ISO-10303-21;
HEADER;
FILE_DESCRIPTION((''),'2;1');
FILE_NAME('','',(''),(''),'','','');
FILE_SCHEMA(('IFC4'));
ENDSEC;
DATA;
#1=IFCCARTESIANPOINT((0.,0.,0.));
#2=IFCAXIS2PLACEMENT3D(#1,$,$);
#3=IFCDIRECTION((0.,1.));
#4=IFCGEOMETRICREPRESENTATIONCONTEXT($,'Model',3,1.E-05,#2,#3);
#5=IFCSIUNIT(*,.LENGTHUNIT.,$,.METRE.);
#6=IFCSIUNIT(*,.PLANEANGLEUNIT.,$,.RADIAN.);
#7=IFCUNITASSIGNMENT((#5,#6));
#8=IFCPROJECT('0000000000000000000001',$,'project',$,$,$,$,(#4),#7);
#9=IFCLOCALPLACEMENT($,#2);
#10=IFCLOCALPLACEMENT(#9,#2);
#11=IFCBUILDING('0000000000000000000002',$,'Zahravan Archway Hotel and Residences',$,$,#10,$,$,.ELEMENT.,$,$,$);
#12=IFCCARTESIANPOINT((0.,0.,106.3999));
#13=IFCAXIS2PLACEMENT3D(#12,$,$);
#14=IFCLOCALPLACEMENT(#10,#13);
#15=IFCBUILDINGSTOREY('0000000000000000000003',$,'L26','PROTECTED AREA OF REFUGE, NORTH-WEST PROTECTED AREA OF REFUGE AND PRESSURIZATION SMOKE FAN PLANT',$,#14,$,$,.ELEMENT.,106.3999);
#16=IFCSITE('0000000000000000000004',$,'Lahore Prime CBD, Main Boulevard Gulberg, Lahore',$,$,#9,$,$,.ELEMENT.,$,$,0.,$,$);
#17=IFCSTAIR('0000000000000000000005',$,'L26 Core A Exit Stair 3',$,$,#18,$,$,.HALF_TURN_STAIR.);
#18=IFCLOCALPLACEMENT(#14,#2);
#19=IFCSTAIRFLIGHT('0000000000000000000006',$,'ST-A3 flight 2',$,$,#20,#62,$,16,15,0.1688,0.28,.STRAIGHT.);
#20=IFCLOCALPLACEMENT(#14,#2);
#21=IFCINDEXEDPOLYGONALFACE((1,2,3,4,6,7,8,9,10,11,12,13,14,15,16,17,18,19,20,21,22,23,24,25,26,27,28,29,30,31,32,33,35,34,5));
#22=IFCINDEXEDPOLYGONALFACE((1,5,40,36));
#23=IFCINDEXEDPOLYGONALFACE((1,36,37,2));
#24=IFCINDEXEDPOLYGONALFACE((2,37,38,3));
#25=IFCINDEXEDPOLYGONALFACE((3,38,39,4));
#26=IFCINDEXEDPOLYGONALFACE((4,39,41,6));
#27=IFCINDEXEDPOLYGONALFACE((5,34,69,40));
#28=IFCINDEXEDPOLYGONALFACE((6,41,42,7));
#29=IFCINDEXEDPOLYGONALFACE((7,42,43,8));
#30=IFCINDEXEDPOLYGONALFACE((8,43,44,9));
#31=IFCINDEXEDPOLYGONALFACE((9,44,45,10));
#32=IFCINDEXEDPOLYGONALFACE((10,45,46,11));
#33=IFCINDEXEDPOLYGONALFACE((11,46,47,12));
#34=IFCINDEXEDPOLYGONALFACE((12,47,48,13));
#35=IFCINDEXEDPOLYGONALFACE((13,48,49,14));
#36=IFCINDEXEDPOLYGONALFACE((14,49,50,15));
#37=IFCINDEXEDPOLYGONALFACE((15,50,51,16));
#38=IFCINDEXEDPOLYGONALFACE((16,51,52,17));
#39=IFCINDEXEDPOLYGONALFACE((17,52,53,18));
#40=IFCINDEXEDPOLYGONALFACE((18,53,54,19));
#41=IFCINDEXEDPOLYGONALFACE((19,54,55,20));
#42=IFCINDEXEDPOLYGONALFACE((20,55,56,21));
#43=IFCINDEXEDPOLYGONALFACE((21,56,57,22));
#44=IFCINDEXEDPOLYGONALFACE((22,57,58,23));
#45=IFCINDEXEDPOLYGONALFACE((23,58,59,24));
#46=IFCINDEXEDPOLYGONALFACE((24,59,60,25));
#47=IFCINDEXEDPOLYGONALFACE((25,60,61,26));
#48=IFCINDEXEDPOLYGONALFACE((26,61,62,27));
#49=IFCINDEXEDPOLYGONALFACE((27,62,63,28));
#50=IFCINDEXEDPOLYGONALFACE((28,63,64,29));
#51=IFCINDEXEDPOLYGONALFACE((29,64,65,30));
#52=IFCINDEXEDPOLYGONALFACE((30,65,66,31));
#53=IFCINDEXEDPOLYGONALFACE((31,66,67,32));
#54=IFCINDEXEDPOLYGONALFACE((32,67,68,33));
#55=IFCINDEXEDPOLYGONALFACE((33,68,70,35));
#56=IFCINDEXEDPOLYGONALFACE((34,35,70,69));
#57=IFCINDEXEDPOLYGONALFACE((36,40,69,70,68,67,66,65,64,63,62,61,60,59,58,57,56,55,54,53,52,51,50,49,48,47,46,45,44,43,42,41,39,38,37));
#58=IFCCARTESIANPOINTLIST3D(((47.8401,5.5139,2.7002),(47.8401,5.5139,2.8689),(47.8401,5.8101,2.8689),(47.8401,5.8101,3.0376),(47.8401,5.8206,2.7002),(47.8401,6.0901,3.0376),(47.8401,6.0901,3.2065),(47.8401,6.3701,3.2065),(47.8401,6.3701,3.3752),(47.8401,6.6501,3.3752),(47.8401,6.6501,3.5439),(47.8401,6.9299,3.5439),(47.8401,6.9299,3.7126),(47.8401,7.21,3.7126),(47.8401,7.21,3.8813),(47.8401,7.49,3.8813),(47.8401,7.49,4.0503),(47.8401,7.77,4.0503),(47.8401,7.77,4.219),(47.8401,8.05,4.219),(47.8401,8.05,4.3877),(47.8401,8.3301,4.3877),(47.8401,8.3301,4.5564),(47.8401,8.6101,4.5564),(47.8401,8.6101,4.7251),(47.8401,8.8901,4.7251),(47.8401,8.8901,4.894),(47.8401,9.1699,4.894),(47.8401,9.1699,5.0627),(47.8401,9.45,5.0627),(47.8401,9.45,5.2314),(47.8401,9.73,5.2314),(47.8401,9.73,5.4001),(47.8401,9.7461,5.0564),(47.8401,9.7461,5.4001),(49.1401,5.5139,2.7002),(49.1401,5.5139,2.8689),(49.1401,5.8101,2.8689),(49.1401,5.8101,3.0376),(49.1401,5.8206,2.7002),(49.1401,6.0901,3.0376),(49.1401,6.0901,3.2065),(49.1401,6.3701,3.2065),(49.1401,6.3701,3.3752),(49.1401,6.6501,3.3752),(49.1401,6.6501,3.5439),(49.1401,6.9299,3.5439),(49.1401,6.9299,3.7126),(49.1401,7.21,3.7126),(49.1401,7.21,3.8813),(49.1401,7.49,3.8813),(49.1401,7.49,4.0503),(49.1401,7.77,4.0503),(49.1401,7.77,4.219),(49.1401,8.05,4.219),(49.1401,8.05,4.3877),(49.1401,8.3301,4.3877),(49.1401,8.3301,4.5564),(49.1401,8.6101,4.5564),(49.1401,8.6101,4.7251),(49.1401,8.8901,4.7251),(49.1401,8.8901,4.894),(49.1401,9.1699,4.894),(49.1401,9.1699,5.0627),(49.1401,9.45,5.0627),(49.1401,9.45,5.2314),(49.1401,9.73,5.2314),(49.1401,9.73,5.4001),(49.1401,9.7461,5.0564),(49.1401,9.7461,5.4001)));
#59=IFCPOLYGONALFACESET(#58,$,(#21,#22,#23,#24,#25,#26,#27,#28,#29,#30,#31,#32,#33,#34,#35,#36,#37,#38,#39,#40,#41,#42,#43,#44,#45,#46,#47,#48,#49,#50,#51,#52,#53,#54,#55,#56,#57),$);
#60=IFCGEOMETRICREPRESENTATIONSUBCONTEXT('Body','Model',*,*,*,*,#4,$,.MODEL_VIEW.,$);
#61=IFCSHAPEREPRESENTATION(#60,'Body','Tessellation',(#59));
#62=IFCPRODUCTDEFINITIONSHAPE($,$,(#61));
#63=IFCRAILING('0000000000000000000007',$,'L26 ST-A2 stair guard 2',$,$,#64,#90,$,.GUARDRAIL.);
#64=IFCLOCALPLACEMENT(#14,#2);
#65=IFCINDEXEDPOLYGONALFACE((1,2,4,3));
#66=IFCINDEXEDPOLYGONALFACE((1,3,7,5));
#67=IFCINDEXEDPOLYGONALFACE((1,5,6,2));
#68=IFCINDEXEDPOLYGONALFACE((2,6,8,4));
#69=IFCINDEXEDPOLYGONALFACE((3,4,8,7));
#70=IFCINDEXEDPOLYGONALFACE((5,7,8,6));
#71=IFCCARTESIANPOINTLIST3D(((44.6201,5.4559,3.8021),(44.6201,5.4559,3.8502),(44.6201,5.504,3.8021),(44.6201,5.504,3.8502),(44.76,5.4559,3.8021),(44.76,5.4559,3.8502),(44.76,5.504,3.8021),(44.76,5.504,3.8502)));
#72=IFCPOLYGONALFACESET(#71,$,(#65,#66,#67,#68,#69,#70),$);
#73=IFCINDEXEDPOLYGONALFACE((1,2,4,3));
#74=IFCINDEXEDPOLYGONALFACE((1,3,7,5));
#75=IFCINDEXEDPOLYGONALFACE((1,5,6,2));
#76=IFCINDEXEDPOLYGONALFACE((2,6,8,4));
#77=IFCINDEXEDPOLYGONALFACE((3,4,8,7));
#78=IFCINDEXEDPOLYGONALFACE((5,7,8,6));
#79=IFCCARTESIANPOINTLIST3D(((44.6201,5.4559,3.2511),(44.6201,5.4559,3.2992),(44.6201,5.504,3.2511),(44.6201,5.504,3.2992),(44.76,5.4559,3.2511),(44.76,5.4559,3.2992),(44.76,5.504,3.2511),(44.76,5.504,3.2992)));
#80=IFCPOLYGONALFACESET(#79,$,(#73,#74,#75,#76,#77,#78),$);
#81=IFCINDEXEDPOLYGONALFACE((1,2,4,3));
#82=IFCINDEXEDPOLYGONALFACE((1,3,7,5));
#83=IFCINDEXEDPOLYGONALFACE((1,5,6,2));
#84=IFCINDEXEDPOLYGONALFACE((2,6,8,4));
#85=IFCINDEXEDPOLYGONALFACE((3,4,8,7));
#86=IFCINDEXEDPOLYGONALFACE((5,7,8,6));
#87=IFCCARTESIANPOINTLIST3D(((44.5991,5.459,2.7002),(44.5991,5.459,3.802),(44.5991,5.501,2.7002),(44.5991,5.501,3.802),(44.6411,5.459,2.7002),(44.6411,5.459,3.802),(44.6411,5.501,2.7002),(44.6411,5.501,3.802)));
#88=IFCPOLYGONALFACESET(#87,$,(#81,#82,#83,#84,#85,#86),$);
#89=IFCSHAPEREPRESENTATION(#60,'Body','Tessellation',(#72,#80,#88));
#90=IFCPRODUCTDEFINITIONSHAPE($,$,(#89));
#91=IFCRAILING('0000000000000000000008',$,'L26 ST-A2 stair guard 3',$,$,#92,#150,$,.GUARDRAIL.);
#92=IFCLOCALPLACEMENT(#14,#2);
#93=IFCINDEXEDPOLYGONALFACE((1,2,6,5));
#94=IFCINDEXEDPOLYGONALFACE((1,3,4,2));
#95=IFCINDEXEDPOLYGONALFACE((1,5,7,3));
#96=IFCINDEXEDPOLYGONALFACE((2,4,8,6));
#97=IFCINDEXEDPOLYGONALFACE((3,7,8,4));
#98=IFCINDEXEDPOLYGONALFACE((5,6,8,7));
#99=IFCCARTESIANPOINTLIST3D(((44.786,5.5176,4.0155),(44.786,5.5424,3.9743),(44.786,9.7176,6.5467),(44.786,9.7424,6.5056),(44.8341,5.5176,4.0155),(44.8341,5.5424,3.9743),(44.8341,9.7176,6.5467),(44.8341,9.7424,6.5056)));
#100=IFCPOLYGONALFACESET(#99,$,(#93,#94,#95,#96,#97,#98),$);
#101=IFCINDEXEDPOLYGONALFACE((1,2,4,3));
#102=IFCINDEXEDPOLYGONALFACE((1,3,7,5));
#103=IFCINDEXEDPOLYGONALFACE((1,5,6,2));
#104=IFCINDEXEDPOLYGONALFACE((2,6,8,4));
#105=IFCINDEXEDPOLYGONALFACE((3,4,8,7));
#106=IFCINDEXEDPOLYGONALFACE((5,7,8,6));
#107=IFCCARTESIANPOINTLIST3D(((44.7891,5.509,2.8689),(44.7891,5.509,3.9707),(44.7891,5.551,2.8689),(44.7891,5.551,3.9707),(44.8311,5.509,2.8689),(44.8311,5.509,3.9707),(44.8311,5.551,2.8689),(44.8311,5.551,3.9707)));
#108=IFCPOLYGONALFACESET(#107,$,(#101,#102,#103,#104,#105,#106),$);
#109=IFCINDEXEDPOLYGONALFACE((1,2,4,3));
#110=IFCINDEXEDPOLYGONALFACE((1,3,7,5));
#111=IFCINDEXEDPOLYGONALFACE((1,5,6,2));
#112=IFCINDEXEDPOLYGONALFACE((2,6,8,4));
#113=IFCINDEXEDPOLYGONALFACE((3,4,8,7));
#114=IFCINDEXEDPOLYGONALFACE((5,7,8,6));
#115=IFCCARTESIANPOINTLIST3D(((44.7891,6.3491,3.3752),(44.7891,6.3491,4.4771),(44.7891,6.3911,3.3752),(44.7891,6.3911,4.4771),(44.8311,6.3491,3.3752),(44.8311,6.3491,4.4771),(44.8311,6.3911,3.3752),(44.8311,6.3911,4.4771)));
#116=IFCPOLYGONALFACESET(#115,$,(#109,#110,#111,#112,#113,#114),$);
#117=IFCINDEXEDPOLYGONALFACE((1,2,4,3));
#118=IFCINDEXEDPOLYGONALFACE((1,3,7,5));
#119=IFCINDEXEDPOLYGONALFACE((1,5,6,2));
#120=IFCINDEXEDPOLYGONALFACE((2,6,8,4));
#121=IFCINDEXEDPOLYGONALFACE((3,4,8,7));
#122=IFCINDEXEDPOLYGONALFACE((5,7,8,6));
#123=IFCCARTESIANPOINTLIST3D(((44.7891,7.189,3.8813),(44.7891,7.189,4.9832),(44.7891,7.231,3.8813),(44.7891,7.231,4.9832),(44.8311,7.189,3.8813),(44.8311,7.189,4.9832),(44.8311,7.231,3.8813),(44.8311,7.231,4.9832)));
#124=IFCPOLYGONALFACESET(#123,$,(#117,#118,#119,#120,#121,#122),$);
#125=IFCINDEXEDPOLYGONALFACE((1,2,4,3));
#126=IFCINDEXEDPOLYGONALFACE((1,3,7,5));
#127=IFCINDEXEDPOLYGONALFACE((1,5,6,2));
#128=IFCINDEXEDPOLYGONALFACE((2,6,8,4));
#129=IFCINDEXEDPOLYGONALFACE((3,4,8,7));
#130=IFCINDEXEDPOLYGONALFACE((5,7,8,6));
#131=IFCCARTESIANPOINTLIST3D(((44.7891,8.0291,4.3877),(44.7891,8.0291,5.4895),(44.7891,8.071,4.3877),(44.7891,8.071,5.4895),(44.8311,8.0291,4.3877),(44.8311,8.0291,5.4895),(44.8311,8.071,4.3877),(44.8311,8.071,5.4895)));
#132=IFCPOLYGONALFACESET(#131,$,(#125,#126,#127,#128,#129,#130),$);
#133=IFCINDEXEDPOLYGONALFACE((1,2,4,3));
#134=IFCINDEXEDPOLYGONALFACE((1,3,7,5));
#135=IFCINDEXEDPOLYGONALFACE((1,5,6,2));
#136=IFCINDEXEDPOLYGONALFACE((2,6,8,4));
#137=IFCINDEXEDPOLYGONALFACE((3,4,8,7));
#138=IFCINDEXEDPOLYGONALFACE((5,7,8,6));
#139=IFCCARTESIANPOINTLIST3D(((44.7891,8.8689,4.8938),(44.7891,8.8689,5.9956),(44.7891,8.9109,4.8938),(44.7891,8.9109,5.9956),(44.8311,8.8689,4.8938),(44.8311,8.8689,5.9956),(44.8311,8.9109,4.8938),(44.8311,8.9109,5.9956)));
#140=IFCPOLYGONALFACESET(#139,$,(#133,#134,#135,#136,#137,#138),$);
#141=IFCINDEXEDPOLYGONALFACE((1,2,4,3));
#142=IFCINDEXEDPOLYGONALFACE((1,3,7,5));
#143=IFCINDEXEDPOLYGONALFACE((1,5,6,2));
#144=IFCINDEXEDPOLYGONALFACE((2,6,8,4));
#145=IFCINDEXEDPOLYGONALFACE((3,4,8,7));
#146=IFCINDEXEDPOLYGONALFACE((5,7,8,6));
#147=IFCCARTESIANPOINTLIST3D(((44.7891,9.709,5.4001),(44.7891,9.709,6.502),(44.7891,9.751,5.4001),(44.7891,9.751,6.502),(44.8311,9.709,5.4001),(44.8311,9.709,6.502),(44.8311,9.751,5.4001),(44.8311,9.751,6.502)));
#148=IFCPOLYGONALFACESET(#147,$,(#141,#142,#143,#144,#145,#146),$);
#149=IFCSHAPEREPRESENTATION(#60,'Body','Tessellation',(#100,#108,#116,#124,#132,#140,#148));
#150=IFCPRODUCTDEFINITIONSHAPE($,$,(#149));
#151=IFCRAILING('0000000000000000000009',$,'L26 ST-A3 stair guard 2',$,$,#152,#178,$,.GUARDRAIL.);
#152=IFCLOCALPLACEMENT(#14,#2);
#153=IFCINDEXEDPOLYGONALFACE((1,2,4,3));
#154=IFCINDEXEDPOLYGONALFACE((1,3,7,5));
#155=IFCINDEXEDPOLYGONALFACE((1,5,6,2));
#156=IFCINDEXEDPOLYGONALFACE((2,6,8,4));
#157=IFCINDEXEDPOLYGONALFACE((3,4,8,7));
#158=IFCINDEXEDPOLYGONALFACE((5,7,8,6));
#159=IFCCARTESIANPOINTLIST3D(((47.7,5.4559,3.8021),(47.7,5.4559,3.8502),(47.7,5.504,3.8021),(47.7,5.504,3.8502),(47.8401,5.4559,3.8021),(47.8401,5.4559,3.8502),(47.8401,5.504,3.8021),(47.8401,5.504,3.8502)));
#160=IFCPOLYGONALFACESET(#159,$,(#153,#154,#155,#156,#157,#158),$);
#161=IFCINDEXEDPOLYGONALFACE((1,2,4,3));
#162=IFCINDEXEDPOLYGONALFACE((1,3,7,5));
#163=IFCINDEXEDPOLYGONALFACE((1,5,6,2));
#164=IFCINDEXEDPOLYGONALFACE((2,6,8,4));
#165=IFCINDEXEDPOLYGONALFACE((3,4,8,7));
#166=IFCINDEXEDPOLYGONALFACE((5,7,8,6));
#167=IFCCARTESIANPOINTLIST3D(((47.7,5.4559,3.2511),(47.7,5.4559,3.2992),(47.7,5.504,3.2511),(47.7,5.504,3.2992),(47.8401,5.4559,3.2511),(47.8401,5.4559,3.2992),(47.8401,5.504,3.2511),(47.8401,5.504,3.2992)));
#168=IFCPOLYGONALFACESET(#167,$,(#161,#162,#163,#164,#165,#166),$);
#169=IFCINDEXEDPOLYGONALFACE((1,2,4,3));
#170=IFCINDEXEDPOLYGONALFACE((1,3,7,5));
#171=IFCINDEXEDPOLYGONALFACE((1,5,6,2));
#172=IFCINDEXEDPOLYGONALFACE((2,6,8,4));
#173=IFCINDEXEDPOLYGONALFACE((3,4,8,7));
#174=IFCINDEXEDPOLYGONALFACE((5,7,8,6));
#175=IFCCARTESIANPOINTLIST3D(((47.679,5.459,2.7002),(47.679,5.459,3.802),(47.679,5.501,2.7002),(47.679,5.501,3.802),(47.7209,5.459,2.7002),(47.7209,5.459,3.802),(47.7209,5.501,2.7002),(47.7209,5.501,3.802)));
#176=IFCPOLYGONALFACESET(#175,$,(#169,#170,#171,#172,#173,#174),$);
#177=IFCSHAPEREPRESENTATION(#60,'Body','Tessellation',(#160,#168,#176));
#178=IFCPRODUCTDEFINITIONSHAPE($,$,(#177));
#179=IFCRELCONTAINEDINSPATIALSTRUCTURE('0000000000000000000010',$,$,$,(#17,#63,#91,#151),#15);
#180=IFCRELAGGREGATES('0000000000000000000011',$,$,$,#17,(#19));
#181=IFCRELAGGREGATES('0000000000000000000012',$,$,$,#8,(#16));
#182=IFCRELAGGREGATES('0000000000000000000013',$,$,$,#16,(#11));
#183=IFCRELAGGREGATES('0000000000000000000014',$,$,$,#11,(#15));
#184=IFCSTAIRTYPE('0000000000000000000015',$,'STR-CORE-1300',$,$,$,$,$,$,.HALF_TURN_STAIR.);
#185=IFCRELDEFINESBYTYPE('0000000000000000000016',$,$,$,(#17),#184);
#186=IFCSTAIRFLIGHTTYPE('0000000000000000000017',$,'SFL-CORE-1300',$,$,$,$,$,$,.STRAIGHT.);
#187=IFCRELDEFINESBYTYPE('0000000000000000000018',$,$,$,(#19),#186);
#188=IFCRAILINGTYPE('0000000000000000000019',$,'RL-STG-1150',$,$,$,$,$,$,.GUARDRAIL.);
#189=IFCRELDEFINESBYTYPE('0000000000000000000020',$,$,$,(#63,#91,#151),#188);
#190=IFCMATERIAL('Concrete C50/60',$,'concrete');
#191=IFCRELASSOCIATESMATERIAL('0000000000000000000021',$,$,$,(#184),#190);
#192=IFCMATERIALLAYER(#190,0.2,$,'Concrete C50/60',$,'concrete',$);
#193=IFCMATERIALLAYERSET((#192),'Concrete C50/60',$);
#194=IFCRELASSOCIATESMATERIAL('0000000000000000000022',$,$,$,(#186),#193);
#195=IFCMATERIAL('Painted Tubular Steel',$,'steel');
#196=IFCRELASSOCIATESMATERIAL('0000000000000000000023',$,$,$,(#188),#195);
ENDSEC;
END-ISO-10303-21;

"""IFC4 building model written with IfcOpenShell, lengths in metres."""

from ifc_helpers import new_model, si_unit, direction, frame, origin, origin_2d, place, context, subcontext, project, spatial, polyline, rectangle, outline, extrude, source, transform, mapped, material, layer, layer_set, type_object, element, aggregate, save


model = new_model("IFC4")

# Units and contexts
model_context = context("Model", 3, precision=1e-05, world=origin(), true_north=direction((0.0, 1.0)))
body_context = subcontext(model_context, "Body", "Model", "MODEL_VIEW")
ifc_project = project(units=[si_unit("LENGTHUNIT", "METRE"), si_unit("PLANEANGLEUNIT", "RADIAN")], contexts=[model_context])

# Site, building, storey
site_placement = place(None, origin())
site = spatial("IfcSite", under=ifc_project, at=site_placement, Name="Lahore Prime CBD, Main Boulevard Gulberg, Lahore", CompositionType="ELEMENT", RefElevation=0.0)
building_placement = place(site_placement, origin())
building = spatial("IfcBuilding", under=site, at=building_placement, Name="Zahravan Archway Hotel and Residences", CompositionType="ELEMENT")
storey_placement = place(building_placement, frame((0.0, 0.0, 106.3999)))
storey = spatial("IfcBuildingStorey", under=building, at=storey_placement, Name="L26", Description="PROTECTED AREA OF REFUGE, NORTH-WEST PROTECTED AREA OF REFUGE AND PRESSURIZATION SMOKE FAN PLANT", CompositionType="ELEMENT", Elevation=106.3999)

# Shared definitions
ifc_material_1 = material(Name="Concrete C50/60", Category="concrete")

# Stair, stair flight
stair_type = type_object("IfcStairType", Name="STR-CORE-1300", PredefinedType="HALF_TURN_STAIR", material=ifc_material_1)
ifc_layer_1 = layer(ifc_material_1, 0.2, Name="Concrete C50/60", Category="concrete")
ifc_layer_set_1 = layer_set([ifc_layer_1], Name="Concrete C50/60")
stair_flight_type = type_object("IfcStairFlightType", Name="SFL-CORE-1300", PredefinedType="STRAIGHT", material=ifc_layer_set_1)
shared_shape_1 = source(origin(), body_context, "Body", "SweptSolid", [
    extrude(outline(polyline([(-0.0161, 0.0), (-0.0161, 0.1687), (0.28, 0.1687), (0.28, 0.3374), (0.5601, 0.3374), (0.5601, 0.5063), (0.8401, 0.5063), (0.8401, 0.675), (1.1201, 0.675), (1.1201, 0.8438), (1.3999, 0.8438), (1.3999, 1.0125), (1.6799, 1.0125), (1.6799, 1.1812), (1.96, 1.1812), (1.96, 1.3501), (2.24, 1.3501), (2.24, 1.5188), (2.52, 1.5188), (2.52, 1.6875), (2.8, 1.6875), (2.8, 1.8562), (3.0801, 1.8562), (3.0801, 2.0249), (3.3601, 2.0249), (3.3601, 2.1938), (3.6399, 2.1938), (3.6399, 2.3625), (3.9199, 2.3625), (3.9199, 2.5312), (4.2, 2.5312), (4.2, 2.7), (4.2161, 2.7), (4.2161, 2.3562), (0.2905, 0.0), (-0.0161, 0.0)])), frame((0.0, 0.6499, 0.0), z_axis=(0.0, -1.0, 0.0), x_axis=(1.0, 0.0, 0.0)), (0.0, 0.0, 1.0), 1.3),
])
stair_1_placement = place(storey_placement, origin())
stair_1 = element("IfcStair", 1, at=stair_1_placement, inside=storey, type_object=stair_type, Name="L26 Core A Exit Stair 3", PredefinedType="HALF_TURN_STAIR")
stair_flight_1_placement = place(storey_placement, frame((48.49, 5.53, 2.7002), z_axis=(0.0, 0.0, 1.0), x_axis=(0.0, 1.0, 0.0)))
stair_flight_1 = element("IfcStairFlight", 2, at=stair_flight_1_placement, type_object=stair_flight_type, Name="ST-A3 flight 2", NumberOfRisers=16, NumberOfTreads=15, PredefinedType="STRAIGHT", RiserHeight=0.1688, TreadLength=0.28, context=body_context, shape_type="MappedRepresentation", body=[
    mapped(shared_shape_1, transform((0.0, 0.0, 0.0), scale=1.0)),
])
aggregate(stair_1, [stair_flight_1])

# Railings
ifc_material_2 = material(Name="Painted Tubular Steel", Category="steel")
railing_type_1 = type_object("IfcRailingType", Name="RL-STG-1150", PredefinedType="GUARDRAIL", material=ifc_material_2)
railing_1_placement = place(storey_placement, frame((44.6201, 5.48, 2.7002)))
element("IfcRailing", 3, at=railing_1_placement, inside=storey, type_object=railing_type_1, Name="L26 ST-A2 stair guard 2", PredefinedType="GUARDRAIL", context=body_context, shape_type="SweptSolid", body=[
    extrude(rectangle(XDim=0.0481, YDim=0.0481, at=origin_2d()), frame((0.0, 0.0, 1.126), z_axis=(1.0, 0.0, 0.0), x_axis=(0.0, 1.0, 0.0)), (0.0, 0.0, 1.0), 0.1399),
    extrude(rectangle(XDim=0.0481, YDim=0.0481, at=origin_2d()), frame((0.0, 0.0, 0.575), z_axis=(1.0, 0.0, 0.0), x_axis=(0.0, 1.0, 0.0)), (0.0, 0.0, 1.0), 0.1399),
    extrude(rectangle(XDim=0.042, YDim=0.042, at=origin_2d()), origin(), (0.0, 0.0, 1.0), 1.1018),
])
railing_2_placement = place(storey_placement, frame((44.8101, 5.53, 2.8689)))
element("IfcRailing", 4, at=railing_2_placement, inside=storey, type_object=railing_type_1, Name="L26 ST-A2 stair guard 3", PredefinedType="GUARDRAIL", context=body_context, shape_type="SweptSolid", body=[
    extrude(rectangle(XDim=0.0481, YDim=0.0481, at=origin_2d()), frame((0.0, 0.0, 1.126), z_axis=(0.0, 0.856476, 0.516186), x_axis=(-1.0, 0.0, 0.0)), (0.0, 0.0, 1.0), 4.9038),
    extrude(rectangle(XDim=0.042, YDim=0.042, at=origin_2d()), origin(), (0.0, 0.0, 1.0), 1.1018),
    extrude(rectangle(XDim=0.042, YDim=0.042, at=origin_2d()), frame((0.0, 0.8401, 0.5063)), (0.0, 0.0, 1.0), 1.1018),
    extrude(rectangle(XDim=0.042, YDim=0.042, at=origin_2d()), frame((0.0, 1.6799, 1.0125)), (0.0, 0.0, 1.0), 1.1018),
    extrude(rectangle(XDim=0.042, YDim=0.042, at=origin_2d()), frame((0.0, 2.52, 1.5188)), (0.0, 0.0, 1.0), 1.1018),
    extrude(rectangle(XDim=0.042, YDim=0.042, at=origin_2d()), frame((0.0, 3.3599, 2.0249)), (0.0, 0.0, 1.0), 1.1018),
    extrude(rectangle(XDim=0.042, YDim=0.042, at=origin_2d()), frame((0.0, 4.2, 2.5312)), (0.0, 0.0, 1.0), 1.1018),
])
railing_3_placement = place(storey_placement, frame((47.7, 5.48, 2.7002)))
element("IfcRailing", 5, at=railing_3_placement, inside=storey, type_object=railing_type_1, Name="L26 ST-A3 stair guard 2", PredefinedType="GUARDRAIL", context=body_context, shape_type="SweptSolid", body=[
    extrude(rectangle(XDim=0.0481, YDim=0.0481, at=origin_2d()), frame((0.0, 0.0, 1.126), z_axis=(1.0, 0.0, 0.0), x_axis=(0.0, 1.0, 0.0)), (0.0, 0.0, 1.0), 0.1401),
    extrude(rectangle(XDim=0.0481, YDim=0.0481, at=origin_2d()), frame((0.0, 0.0, 0.575), z_axis=(1.0, 0.0, 0.0), x_axis=(0.0, 1.0, 0.0)), (0.0, 0.0, 1.0), 0.1401),
    extrude(rectangle(XDim=0.042, YDim=0.042, at=origin_2d()), origin(), (0.0, 0.0, 1.0), 1.1018),
])

save(model, "model.ifc")
